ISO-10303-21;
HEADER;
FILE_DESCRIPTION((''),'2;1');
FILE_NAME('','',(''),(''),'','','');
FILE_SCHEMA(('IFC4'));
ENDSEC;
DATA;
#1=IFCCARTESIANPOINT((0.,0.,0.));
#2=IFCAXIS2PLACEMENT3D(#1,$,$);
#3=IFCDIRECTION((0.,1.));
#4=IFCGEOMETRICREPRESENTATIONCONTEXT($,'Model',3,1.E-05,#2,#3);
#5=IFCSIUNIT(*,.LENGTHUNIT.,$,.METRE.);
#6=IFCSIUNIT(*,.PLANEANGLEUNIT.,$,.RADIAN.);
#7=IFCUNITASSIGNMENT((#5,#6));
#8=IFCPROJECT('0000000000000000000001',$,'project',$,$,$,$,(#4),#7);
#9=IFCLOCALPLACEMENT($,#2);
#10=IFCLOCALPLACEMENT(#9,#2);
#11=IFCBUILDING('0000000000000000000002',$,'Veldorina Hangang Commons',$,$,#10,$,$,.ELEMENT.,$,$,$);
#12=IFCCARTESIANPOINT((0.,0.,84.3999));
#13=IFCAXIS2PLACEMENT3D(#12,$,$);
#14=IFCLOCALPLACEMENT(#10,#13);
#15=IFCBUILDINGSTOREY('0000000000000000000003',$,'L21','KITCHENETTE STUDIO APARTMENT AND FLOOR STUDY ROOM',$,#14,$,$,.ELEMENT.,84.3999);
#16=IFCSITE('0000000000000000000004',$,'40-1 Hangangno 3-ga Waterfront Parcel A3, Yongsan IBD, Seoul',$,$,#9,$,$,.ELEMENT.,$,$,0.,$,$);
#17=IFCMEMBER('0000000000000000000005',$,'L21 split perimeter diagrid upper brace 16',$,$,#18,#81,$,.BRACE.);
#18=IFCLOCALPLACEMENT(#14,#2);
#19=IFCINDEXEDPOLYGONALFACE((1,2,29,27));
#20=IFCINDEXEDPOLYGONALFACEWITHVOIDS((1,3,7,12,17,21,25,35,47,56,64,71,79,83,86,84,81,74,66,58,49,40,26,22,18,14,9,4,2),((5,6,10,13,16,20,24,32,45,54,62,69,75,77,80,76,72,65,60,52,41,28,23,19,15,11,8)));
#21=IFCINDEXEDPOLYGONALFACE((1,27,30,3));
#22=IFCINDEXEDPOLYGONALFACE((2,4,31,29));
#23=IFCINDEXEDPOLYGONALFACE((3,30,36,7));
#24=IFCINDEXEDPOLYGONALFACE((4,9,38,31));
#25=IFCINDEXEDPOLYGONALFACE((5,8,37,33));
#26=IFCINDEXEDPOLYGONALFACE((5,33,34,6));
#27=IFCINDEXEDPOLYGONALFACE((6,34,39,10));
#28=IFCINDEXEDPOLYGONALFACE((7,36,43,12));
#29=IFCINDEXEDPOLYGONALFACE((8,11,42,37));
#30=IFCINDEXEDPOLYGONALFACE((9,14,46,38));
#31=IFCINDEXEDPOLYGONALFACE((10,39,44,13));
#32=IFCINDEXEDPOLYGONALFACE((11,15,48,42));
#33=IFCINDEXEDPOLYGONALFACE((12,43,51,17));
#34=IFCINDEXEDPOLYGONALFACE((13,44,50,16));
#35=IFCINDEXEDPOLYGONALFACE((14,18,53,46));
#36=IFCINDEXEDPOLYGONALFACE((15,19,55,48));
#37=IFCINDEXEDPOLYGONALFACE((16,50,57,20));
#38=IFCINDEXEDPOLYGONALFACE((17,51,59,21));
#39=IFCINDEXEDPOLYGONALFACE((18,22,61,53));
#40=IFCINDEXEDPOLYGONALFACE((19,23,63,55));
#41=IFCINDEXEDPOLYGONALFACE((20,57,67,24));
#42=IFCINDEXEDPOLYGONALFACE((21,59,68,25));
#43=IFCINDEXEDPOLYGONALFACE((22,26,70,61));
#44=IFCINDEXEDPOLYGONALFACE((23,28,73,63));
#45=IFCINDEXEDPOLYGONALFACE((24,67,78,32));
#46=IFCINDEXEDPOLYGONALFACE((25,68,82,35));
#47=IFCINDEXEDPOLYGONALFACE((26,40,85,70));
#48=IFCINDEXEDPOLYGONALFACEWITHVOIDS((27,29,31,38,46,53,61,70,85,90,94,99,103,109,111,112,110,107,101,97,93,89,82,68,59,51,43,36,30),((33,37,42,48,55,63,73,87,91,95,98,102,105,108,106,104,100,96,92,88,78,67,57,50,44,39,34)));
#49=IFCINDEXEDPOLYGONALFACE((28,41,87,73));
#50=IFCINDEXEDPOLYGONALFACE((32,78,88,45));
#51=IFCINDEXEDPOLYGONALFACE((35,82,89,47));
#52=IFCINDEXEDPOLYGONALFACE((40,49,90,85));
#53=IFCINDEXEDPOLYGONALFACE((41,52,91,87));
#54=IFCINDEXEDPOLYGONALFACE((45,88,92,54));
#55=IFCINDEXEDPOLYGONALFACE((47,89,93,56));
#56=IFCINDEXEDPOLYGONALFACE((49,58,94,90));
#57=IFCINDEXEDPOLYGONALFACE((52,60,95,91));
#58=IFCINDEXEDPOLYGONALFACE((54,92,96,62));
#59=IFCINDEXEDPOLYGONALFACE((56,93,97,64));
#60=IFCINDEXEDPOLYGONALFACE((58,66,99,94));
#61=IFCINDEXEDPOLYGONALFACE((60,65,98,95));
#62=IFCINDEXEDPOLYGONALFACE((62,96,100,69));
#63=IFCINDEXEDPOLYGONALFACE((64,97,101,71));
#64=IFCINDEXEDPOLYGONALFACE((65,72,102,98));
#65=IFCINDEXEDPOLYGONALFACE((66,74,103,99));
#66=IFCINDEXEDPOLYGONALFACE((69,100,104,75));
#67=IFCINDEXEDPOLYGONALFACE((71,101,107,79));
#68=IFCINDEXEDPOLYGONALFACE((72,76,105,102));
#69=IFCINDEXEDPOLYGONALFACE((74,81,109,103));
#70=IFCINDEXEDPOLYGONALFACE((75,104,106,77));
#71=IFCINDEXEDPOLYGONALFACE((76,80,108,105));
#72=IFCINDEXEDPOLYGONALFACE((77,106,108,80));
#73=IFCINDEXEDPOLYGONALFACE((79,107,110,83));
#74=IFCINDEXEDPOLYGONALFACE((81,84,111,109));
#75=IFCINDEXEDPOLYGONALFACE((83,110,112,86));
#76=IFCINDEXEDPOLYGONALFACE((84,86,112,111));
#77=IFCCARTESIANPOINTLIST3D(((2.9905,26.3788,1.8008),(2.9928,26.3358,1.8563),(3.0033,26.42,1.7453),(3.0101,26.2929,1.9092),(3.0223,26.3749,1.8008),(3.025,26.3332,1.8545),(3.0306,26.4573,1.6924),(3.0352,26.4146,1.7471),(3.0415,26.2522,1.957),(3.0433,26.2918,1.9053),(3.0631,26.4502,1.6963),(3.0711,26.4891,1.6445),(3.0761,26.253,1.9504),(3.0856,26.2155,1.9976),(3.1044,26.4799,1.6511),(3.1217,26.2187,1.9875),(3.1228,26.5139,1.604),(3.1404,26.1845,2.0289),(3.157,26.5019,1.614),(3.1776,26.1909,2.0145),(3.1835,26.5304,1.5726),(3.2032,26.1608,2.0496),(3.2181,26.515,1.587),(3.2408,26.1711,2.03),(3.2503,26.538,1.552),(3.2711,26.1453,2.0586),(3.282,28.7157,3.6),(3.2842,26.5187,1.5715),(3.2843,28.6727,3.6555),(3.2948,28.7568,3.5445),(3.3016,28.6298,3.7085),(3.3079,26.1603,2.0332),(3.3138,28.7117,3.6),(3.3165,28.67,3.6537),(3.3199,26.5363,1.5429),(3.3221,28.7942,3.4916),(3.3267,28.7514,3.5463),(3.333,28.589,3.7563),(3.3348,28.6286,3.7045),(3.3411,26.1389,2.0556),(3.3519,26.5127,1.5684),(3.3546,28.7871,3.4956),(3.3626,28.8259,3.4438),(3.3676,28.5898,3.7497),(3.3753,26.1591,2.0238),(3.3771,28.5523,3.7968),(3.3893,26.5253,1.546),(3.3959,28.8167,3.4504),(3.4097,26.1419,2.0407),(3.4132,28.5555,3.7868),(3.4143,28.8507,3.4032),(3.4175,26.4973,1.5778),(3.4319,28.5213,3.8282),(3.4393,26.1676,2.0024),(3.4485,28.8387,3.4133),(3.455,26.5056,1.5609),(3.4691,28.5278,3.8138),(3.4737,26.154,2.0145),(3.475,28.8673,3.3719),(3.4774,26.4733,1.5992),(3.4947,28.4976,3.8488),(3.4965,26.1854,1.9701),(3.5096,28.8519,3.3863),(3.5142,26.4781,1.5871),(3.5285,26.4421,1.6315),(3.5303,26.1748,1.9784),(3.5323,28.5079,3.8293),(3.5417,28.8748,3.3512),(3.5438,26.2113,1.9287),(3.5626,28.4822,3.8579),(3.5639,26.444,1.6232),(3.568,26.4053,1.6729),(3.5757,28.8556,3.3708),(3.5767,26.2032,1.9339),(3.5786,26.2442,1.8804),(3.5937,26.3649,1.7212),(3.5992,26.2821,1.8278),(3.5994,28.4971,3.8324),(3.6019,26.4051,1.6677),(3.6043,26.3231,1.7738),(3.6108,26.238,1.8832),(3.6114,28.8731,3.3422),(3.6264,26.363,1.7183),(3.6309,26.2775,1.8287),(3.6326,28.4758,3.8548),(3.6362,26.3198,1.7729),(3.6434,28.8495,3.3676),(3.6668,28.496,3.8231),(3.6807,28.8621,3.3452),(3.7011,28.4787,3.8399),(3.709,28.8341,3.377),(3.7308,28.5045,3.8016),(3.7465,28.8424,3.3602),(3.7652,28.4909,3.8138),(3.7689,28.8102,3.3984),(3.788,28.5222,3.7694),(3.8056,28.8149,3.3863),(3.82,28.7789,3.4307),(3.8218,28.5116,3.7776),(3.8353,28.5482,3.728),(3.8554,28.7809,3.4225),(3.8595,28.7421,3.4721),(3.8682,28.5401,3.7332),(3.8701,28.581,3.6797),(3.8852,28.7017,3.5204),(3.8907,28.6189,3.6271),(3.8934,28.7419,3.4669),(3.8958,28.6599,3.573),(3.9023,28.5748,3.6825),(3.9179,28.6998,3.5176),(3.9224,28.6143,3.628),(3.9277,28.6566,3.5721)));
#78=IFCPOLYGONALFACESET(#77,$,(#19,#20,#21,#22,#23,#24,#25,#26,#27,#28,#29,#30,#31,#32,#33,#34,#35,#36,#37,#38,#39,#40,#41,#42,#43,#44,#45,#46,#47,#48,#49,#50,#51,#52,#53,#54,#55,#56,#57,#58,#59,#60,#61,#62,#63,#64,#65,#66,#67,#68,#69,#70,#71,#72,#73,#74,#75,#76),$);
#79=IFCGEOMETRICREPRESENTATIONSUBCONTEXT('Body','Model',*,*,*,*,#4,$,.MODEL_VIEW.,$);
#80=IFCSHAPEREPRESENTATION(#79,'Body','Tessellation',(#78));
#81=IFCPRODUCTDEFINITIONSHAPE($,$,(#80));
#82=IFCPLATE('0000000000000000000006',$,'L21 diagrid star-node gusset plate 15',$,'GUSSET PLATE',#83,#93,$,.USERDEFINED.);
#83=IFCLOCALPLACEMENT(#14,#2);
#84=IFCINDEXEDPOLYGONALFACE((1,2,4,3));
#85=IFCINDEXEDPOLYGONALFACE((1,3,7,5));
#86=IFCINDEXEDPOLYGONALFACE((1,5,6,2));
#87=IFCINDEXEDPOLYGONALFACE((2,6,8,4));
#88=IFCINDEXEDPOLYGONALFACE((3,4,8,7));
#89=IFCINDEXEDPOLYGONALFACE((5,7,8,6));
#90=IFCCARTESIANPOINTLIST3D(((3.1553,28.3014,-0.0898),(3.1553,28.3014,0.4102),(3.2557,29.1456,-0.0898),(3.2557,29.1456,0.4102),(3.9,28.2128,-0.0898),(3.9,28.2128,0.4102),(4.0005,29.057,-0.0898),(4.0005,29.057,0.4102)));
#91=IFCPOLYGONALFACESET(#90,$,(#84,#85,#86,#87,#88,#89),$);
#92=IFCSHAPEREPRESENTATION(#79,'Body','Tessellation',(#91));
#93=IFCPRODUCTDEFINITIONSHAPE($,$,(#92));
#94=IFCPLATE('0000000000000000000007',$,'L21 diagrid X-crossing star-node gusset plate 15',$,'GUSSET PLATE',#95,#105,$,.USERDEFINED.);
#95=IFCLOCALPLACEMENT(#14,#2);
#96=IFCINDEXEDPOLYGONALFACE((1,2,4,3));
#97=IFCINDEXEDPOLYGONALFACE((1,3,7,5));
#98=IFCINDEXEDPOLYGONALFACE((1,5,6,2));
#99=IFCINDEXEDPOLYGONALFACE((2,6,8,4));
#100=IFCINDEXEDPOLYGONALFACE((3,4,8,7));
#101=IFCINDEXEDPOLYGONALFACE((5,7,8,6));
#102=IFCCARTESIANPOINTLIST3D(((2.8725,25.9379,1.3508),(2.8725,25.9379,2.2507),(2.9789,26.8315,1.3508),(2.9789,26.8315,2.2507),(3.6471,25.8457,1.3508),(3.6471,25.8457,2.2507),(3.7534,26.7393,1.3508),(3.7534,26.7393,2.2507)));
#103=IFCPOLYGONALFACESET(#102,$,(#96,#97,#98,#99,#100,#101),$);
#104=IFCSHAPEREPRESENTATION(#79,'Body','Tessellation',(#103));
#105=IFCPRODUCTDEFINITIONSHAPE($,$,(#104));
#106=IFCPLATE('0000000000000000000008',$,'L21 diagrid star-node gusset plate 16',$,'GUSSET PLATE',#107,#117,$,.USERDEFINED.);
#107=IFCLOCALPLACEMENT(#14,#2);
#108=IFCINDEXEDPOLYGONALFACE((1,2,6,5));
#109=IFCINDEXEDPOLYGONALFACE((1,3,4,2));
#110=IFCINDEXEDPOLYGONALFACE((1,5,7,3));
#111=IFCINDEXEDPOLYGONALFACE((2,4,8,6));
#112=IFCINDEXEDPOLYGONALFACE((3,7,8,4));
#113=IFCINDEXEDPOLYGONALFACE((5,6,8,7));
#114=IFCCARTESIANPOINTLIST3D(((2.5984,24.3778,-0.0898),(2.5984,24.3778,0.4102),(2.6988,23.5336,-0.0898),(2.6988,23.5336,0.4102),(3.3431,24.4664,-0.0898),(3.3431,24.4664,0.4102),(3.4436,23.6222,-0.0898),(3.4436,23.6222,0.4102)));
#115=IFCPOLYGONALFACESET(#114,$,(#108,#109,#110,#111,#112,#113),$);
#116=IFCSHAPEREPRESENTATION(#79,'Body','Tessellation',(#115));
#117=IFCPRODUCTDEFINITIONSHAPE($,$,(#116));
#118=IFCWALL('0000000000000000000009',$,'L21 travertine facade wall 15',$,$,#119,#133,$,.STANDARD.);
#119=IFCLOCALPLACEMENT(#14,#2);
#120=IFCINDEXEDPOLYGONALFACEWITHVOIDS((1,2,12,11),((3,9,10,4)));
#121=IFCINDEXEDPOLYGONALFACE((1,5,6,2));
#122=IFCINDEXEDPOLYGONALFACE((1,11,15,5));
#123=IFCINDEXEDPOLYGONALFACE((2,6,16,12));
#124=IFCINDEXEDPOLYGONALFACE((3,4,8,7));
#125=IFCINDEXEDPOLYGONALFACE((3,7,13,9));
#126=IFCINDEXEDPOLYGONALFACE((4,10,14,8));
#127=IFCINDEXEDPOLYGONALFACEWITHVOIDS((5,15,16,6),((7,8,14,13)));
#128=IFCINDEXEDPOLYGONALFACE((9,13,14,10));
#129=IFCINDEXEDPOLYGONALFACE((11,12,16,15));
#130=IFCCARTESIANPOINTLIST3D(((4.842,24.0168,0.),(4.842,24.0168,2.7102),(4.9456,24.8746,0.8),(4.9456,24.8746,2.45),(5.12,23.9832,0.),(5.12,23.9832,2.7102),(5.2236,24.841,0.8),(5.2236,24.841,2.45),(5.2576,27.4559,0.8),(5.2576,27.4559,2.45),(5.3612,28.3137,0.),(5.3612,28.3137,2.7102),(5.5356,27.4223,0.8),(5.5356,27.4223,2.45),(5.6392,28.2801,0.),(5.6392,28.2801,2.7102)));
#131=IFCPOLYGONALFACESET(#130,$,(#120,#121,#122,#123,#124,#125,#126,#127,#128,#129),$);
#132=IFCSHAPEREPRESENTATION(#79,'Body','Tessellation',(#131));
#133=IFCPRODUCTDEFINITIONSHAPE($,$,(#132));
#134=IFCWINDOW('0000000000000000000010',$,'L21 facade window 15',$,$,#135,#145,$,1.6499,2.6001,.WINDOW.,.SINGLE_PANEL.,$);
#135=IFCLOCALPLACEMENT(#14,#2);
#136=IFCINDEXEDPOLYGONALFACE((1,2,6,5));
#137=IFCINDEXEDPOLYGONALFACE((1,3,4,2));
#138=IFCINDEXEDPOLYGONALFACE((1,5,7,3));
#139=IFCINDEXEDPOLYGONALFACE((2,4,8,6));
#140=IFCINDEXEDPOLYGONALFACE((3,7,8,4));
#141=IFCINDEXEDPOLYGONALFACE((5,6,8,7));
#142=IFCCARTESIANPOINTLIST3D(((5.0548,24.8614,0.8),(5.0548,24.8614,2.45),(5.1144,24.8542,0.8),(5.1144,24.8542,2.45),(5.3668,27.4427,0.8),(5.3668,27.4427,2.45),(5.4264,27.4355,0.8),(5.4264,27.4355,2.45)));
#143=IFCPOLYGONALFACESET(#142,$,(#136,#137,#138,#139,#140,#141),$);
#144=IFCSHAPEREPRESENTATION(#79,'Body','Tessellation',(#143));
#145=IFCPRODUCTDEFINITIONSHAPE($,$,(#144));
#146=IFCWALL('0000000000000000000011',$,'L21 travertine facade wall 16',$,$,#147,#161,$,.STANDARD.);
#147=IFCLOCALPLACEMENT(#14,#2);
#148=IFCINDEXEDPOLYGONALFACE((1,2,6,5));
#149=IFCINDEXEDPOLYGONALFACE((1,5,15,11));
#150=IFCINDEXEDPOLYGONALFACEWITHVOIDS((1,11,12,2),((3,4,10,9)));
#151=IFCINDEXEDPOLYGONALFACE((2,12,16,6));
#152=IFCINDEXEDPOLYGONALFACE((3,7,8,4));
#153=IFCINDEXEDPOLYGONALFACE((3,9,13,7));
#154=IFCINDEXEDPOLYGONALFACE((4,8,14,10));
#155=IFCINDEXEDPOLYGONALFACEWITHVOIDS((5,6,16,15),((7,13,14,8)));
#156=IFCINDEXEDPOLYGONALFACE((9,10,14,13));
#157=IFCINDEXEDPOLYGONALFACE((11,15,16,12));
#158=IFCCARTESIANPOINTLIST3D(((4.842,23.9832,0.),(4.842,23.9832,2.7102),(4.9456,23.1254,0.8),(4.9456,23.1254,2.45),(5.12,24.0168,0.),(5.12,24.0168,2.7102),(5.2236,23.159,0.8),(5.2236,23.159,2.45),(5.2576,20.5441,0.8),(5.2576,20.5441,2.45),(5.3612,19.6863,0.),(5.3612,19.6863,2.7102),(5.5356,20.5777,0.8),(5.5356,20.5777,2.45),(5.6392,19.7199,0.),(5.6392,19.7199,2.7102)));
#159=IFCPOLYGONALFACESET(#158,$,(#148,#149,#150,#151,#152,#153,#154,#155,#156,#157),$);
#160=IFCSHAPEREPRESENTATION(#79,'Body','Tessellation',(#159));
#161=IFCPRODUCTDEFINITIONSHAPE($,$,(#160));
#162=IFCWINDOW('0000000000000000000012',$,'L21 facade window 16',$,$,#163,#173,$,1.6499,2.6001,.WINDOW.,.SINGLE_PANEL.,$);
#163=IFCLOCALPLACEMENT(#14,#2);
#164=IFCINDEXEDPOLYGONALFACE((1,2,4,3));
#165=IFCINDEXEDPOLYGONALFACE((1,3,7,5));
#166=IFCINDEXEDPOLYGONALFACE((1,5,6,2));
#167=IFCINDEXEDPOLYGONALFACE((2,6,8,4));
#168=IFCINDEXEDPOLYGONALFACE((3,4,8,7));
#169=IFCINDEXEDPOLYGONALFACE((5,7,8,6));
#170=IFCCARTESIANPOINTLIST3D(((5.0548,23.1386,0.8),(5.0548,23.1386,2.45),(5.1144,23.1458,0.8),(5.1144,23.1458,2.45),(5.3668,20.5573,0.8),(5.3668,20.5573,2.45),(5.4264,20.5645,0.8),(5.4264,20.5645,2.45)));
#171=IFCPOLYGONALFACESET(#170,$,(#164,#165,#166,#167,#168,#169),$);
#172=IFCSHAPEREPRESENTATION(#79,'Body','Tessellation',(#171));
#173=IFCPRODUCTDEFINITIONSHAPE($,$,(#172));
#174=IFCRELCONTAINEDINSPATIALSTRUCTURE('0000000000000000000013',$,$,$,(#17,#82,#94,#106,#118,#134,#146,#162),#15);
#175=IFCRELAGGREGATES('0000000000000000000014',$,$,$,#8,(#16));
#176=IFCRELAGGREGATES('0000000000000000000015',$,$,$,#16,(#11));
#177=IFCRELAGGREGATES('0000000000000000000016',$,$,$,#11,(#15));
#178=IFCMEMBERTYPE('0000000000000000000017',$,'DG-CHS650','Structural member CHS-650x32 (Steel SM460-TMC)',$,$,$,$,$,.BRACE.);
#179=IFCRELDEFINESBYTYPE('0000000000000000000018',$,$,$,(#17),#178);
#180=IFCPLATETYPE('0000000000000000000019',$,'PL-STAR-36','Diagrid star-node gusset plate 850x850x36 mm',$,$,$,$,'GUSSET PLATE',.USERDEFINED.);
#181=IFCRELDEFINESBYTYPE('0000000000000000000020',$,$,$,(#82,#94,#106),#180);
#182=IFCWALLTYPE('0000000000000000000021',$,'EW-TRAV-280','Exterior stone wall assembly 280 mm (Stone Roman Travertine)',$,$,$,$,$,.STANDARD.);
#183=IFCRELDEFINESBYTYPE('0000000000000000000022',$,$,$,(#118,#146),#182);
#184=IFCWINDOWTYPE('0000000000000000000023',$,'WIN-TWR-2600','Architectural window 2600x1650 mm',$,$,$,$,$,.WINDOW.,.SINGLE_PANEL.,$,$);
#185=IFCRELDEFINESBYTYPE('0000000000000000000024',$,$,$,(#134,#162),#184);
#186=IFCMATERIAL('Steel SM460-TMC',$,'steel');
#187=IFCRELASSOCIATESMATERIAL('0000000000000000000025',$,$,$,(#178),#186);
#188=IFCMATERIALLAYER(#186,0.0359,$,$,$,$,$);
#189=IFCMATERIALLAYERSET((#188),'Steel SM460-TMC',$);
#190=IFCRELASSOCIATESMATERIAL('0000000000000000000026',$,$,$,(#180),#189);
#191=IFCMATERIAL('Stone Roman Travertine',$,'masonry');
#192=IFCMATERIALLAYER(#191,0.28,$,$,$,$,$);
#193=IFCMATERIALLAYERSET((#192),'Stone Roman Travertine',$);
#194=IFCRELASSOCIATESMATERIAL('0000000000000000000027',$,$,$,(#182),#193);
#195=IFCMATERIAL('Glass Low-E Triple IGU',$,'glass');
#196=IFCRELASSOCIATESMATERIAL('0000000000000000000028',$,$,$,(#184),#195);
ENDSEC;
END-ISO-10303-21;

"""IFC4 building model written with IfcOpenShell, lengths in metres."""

from ifc_helpers import new_model, si_unit, direction, frame, frame_2d, origin, origin_2d, place, context, subcontext, project, spatial, rectangle, hollow_circle, extrude, material, layer, layer_set, material_profile, profile_set, type_object, element, fill, save


model = new_model("IFC4")

# Units and contexts
model_context = context("Model", 3, precision=1e-05, world=origin(), true_north=direction((0.0, 1.0)))
body_context = subcontext(model_context, "Body", "Model", "MODEL_VIEW")
ifc_project = project(units=[si_unit("LENGTHUNIT", "METRE"), si_unit("PLANEANGLEUNIT", "RADIAN")], contexts=[model_context])

# Site, building, storey
site_placement = place(None, origin())
site = spatial("IfcSite", under=ifc_project, at=site_placement, Name="40-1 Hangangno 3-ga Waterfront Parcel A3, Yongsan IBD, Seoul", CompositionType="ELEMENT", RefElevation=0.0)
building_placement = place(site_placement, origin())
building = spatial("IfcBuilding", under=site, at=building_placement, Name="Veldorina Hangang Commons", CompositionType="ELEMENT")
storey_placement = place(building_placement, frame((0.0, 0.0, 84.3999)))
storey = spatial("IfcBuildingStorey", under=building, at=storey_placement, Name="L21", Description="KITCHENETTE STUDIO APARTMENT AND FLOOR STUDY ROOM", CompositionType="ELEMENT", Elevation=84.3999)

# Member
ifc_material_1 = material(Name="Steel SM460-TMC", Category="steel")
ifc_material_profile_1 = material_profile(ifc_material_1, hollow_circle(Radius=0.325, WallThickness=0.032, at=origin_2d()), Name="CHS-650x32")
ifc_profile_set_1 = profile_set([ifc_material_profile_1], Name="Steel SM460-TMC")
member_type = type_object("IfcMemberType", Name="DG-CHS650", Description="Structural member CHS-650x32 (Steel SM460-TMC)", PredefinedType="BRACE", material=ifc_profile_set_1)
member_1_placement = place(storey_placement, frame((3.313, 26.3386, 1.8008), z_axis=(0.098357, 0.788505, 0.607113), x_axis=(-0.99231, 0.12378, 0.0)))
element("IfcMember", 1, at=member_1_placement, inside=storey, type_object=member_type, Name="L21 split perimeter diagrid upper brace 16", PredefinedType="BRACE", context=body_context, shape_type="SweptSolid", body=[
    extrude(hollow_circle(Radius=0.325, WallThickness=0.032, at=origin_2d()), origin(), (0.0, 0.0, 1.0), 2.9636),
])

# Plates
ifc_layer_1 = layer(ifc_material_1, 0.0359)
ifc_layer_set_1 = layer_set([ifc_layer_1], Name="Steel SM460-TMC")
plate_type = type_object("IfcPlateType", Name="PL-STAR-36", Description="Diagrid star-node gusset plate 850x850x36 mm", ElementType="GUSSET PLATE", PredefinedType="USERDEFINED", material=ifc_layer_set_1)
plate_1_placement = place(storey_placement, frame((3.5779, 28.6792, -0.0898), z_axis=(0.0, 0.0, 1.0), x_axis=(-0.118161, -0.992994, 0.0)))
element("IfcPlate", 2, at=plate_1_placement, inside=storey, type_object=plate_type, Name="L21 diagrid star-node gusset plate 15", ObjectType="GUSSET PLATE", PredefinedType="USERDEFINED", context=body_context, shape_type="SweptSolid", body=[
    extrude(rectangle(XDim=0.8501, YDim=0.75, at=origin_2d()), origin(), (0.0, 0.0, 1.0), 0.5),
])
plate_2_placement = place(storey_placement, frame((3.313, 26.3386, 1.3508), z_axis=(0.0, 0.0, 1.0), x_axis=(-0.118161, -0.992994, 0.0)))
element("IfcPlate", 3, at=plate_2_placement, inside=storey, type_object=plate_type, Name="L21 diagrid X-crossing star-node gusset plate 15", ObjectType="GUSSET PLATE", PredefinedType="USERDEFINED", context=body_context, shape_type="SweptSolid", body=[
    extrude(rectangle(XDim=0.8999, YDim=0.78, at=origin_2d()), origin(), (0.0, 0.0, 1.0), 0.8999),
])
plate_3_placement = place(storey_placement, frame((3.021, 24.0, -0.0898), z_axis=(0.0, 0.0, 1.0), x_axis=(0.118161, -0.992994, 0.0)))
element("IfcPlate", 4, at=plate_3_placement, inside=storey, type_object=plate_type, Name="L21 diagrid star-node gusset plate 16", ObjectType="GUSSET PLATE", PredefinedType="USERDEFINED", context=body_context, shape_type="SweptSolid", body=[
    extrude(rectangle(XDim=0.8501, YDim=0.75, at=origin_2d()), origin(), (0.0, 0.0, 1.0), 0.5),
])

# Walls, openings, windows
ifc_material_2 = material(Name="Stone Roman Travertine", Category="masonry")
ifc_layer_2 = layer(ifc_material_2, 0.28)
ifc_layer_set_2 = layer_set([ifc_layer_2], Name="Stone Roman Travertine")
wall_type_1 = type_object("IfcWallType", Name="EW-TRAV-280", Description="Exterior stone wall assembly 280 mm (Stone Roman Travertine)", PredefinedType="STANDARD", material=ifc_layer_set_2)
wall_1_placement = place(storey_placement, frame((5.5002, 28.2969, 0.0), z_axis=(0.0, 0.0, 1.0), x_axis=(-0.119979, -0.992776, 0.0)))
wall_1 = element("IfcWall", 5, at=wall_1_placement, inside=storey, type_object=wall_type_1, Name="L21 travertine facade wall 15", PredefinedType="STANDARD", context=body_context, shape_type="SweptSolid", body=[
    extrude(rectangle(XDim=4.3281, YDim=0.28, at=frame_2d((2.1641, 0.0))), origin(), (0.0, 0.0, 1.0), 2.7102),
])
opening_1_placement = place(wall_1_placement, frame((0.864, 0.0, 0.8)))
opening_1 = element("IfcOpeningElement", 6, at=opening_1_placement, cuts=wall_1, PredefinedType="OPENING", context=body_context, shape_type="SweptSolid", body=[
    extrude(rectangle(XDim=2.6001, YDim=1.6499, at=frame_2d((1.3, 0.825))), frame((0.0, 0.1499, 0.0), z_axis=(0.0, -1.0, 0.0), x_axis=(1.0, 0.0, 0.0)), (0.0, 0.0, 1.0), 0.3),
])
ifc_material_3 = material(Name="Glass Low-E Triple IGU", Category="glass")
window_type = type_object("IfcWindowType", Name="WIN-TWR-2600", Description="Architectural window 2600x1650 mm", PartitioningType="SINGLE_PANEL", PredefinedType="WINDOW", material=ifc_material_3)
window_1_placement = place(opening_1_placement, origin())
window_1 = element("IfcWindow", 7, at=window_1_placement, inside=storey, type_object=window_type, Name="L21 facade window 15", OverallHeight=1.6499, OverallWidth=2.6001, PartitioningType="SINGLE_PANEL", PredefinedType="WINDOW", context=body_context, shape_type="SweptSolid", body=[
    extrude(rectangle(XDim=2.6001, YDim=1.6499, at=frame_2d((1.3, 0.825))), frame((0.0, 0.03, 0.0), z_axis=(0.0, -1.0, 0.0), x_axis=(1.0, 0.0, 0.0)), (0.0, 0.0, 1.0), 0.0601),
])
fill(opening_1, window_1)
wall_2_placement = place(storey_placement, frame((4.981, 24.0, 0.0), z_axis=(0.0, 0.0, 1.0), x_axis=(0.119979, -0.992776, 0.0)))
wall_2 = element("IfcWall", 8, at=wall_2_placement, inside=storey, type_object=wall_type_1, Name="L21 travertine facade wall 16", PredefinedType="STANDARD", context=body_context, shape_type="SweptSolid", body=[
    extrude(rectangle(XDim=4.3281, YDim=0.28, at=frame_2d((2.1641, 0.0))), origin(), (0.0, 0.0, 1.0), 2.7102),
])
opening_2_placement = place(wall_2_placement, frame((0.864, 0.0, 0.8)))
opening_2 = element("IfcOpeningElement", 9, at=opening_2_placement, cuts=wall_2, PredefinedType="OPENING", context=body_context, shape_type="SweptSolid", body=[
    extrude(rectangle(XDim=2.6001, YDim=1.6499, at=frame_2d((1.3, 0.825))), frame((0.0, 0.1499, 0.0), z_axis=(0.0, -1.0, 0.0), x_axis=(1.0, 0.0, 0.0)), (0.0, 0.0, 1.0), 0.3),
])
window_2_placement = place(opening_2_placement, origin())
window_2 = element("IfcWindow", 10, at=window_2_placement, inside=storey, type_object=window_type, Name="L21 facade window 16", OverallHeight=1.6499, OverallWidth=2.6001, PartitioningType="SINGLE_PANEL", PredefinedType="WINDOW", context=body_context, shape_type="SweptSolid", body=[
    extrude(rectangle(XDim=2.6001, YDim=1.6499, at=frame_2d((1.3, 0.825))), frame((0.0, 0.03, 0.0), z_axis=(0.0, -1.0, 0.0), x_axis=(1.0, 0.0, 0.0)), (0.0, 0.0, 1.0), 0.0601),
])
fill(opening_2, window_2)

save(model, "model.ifc")
